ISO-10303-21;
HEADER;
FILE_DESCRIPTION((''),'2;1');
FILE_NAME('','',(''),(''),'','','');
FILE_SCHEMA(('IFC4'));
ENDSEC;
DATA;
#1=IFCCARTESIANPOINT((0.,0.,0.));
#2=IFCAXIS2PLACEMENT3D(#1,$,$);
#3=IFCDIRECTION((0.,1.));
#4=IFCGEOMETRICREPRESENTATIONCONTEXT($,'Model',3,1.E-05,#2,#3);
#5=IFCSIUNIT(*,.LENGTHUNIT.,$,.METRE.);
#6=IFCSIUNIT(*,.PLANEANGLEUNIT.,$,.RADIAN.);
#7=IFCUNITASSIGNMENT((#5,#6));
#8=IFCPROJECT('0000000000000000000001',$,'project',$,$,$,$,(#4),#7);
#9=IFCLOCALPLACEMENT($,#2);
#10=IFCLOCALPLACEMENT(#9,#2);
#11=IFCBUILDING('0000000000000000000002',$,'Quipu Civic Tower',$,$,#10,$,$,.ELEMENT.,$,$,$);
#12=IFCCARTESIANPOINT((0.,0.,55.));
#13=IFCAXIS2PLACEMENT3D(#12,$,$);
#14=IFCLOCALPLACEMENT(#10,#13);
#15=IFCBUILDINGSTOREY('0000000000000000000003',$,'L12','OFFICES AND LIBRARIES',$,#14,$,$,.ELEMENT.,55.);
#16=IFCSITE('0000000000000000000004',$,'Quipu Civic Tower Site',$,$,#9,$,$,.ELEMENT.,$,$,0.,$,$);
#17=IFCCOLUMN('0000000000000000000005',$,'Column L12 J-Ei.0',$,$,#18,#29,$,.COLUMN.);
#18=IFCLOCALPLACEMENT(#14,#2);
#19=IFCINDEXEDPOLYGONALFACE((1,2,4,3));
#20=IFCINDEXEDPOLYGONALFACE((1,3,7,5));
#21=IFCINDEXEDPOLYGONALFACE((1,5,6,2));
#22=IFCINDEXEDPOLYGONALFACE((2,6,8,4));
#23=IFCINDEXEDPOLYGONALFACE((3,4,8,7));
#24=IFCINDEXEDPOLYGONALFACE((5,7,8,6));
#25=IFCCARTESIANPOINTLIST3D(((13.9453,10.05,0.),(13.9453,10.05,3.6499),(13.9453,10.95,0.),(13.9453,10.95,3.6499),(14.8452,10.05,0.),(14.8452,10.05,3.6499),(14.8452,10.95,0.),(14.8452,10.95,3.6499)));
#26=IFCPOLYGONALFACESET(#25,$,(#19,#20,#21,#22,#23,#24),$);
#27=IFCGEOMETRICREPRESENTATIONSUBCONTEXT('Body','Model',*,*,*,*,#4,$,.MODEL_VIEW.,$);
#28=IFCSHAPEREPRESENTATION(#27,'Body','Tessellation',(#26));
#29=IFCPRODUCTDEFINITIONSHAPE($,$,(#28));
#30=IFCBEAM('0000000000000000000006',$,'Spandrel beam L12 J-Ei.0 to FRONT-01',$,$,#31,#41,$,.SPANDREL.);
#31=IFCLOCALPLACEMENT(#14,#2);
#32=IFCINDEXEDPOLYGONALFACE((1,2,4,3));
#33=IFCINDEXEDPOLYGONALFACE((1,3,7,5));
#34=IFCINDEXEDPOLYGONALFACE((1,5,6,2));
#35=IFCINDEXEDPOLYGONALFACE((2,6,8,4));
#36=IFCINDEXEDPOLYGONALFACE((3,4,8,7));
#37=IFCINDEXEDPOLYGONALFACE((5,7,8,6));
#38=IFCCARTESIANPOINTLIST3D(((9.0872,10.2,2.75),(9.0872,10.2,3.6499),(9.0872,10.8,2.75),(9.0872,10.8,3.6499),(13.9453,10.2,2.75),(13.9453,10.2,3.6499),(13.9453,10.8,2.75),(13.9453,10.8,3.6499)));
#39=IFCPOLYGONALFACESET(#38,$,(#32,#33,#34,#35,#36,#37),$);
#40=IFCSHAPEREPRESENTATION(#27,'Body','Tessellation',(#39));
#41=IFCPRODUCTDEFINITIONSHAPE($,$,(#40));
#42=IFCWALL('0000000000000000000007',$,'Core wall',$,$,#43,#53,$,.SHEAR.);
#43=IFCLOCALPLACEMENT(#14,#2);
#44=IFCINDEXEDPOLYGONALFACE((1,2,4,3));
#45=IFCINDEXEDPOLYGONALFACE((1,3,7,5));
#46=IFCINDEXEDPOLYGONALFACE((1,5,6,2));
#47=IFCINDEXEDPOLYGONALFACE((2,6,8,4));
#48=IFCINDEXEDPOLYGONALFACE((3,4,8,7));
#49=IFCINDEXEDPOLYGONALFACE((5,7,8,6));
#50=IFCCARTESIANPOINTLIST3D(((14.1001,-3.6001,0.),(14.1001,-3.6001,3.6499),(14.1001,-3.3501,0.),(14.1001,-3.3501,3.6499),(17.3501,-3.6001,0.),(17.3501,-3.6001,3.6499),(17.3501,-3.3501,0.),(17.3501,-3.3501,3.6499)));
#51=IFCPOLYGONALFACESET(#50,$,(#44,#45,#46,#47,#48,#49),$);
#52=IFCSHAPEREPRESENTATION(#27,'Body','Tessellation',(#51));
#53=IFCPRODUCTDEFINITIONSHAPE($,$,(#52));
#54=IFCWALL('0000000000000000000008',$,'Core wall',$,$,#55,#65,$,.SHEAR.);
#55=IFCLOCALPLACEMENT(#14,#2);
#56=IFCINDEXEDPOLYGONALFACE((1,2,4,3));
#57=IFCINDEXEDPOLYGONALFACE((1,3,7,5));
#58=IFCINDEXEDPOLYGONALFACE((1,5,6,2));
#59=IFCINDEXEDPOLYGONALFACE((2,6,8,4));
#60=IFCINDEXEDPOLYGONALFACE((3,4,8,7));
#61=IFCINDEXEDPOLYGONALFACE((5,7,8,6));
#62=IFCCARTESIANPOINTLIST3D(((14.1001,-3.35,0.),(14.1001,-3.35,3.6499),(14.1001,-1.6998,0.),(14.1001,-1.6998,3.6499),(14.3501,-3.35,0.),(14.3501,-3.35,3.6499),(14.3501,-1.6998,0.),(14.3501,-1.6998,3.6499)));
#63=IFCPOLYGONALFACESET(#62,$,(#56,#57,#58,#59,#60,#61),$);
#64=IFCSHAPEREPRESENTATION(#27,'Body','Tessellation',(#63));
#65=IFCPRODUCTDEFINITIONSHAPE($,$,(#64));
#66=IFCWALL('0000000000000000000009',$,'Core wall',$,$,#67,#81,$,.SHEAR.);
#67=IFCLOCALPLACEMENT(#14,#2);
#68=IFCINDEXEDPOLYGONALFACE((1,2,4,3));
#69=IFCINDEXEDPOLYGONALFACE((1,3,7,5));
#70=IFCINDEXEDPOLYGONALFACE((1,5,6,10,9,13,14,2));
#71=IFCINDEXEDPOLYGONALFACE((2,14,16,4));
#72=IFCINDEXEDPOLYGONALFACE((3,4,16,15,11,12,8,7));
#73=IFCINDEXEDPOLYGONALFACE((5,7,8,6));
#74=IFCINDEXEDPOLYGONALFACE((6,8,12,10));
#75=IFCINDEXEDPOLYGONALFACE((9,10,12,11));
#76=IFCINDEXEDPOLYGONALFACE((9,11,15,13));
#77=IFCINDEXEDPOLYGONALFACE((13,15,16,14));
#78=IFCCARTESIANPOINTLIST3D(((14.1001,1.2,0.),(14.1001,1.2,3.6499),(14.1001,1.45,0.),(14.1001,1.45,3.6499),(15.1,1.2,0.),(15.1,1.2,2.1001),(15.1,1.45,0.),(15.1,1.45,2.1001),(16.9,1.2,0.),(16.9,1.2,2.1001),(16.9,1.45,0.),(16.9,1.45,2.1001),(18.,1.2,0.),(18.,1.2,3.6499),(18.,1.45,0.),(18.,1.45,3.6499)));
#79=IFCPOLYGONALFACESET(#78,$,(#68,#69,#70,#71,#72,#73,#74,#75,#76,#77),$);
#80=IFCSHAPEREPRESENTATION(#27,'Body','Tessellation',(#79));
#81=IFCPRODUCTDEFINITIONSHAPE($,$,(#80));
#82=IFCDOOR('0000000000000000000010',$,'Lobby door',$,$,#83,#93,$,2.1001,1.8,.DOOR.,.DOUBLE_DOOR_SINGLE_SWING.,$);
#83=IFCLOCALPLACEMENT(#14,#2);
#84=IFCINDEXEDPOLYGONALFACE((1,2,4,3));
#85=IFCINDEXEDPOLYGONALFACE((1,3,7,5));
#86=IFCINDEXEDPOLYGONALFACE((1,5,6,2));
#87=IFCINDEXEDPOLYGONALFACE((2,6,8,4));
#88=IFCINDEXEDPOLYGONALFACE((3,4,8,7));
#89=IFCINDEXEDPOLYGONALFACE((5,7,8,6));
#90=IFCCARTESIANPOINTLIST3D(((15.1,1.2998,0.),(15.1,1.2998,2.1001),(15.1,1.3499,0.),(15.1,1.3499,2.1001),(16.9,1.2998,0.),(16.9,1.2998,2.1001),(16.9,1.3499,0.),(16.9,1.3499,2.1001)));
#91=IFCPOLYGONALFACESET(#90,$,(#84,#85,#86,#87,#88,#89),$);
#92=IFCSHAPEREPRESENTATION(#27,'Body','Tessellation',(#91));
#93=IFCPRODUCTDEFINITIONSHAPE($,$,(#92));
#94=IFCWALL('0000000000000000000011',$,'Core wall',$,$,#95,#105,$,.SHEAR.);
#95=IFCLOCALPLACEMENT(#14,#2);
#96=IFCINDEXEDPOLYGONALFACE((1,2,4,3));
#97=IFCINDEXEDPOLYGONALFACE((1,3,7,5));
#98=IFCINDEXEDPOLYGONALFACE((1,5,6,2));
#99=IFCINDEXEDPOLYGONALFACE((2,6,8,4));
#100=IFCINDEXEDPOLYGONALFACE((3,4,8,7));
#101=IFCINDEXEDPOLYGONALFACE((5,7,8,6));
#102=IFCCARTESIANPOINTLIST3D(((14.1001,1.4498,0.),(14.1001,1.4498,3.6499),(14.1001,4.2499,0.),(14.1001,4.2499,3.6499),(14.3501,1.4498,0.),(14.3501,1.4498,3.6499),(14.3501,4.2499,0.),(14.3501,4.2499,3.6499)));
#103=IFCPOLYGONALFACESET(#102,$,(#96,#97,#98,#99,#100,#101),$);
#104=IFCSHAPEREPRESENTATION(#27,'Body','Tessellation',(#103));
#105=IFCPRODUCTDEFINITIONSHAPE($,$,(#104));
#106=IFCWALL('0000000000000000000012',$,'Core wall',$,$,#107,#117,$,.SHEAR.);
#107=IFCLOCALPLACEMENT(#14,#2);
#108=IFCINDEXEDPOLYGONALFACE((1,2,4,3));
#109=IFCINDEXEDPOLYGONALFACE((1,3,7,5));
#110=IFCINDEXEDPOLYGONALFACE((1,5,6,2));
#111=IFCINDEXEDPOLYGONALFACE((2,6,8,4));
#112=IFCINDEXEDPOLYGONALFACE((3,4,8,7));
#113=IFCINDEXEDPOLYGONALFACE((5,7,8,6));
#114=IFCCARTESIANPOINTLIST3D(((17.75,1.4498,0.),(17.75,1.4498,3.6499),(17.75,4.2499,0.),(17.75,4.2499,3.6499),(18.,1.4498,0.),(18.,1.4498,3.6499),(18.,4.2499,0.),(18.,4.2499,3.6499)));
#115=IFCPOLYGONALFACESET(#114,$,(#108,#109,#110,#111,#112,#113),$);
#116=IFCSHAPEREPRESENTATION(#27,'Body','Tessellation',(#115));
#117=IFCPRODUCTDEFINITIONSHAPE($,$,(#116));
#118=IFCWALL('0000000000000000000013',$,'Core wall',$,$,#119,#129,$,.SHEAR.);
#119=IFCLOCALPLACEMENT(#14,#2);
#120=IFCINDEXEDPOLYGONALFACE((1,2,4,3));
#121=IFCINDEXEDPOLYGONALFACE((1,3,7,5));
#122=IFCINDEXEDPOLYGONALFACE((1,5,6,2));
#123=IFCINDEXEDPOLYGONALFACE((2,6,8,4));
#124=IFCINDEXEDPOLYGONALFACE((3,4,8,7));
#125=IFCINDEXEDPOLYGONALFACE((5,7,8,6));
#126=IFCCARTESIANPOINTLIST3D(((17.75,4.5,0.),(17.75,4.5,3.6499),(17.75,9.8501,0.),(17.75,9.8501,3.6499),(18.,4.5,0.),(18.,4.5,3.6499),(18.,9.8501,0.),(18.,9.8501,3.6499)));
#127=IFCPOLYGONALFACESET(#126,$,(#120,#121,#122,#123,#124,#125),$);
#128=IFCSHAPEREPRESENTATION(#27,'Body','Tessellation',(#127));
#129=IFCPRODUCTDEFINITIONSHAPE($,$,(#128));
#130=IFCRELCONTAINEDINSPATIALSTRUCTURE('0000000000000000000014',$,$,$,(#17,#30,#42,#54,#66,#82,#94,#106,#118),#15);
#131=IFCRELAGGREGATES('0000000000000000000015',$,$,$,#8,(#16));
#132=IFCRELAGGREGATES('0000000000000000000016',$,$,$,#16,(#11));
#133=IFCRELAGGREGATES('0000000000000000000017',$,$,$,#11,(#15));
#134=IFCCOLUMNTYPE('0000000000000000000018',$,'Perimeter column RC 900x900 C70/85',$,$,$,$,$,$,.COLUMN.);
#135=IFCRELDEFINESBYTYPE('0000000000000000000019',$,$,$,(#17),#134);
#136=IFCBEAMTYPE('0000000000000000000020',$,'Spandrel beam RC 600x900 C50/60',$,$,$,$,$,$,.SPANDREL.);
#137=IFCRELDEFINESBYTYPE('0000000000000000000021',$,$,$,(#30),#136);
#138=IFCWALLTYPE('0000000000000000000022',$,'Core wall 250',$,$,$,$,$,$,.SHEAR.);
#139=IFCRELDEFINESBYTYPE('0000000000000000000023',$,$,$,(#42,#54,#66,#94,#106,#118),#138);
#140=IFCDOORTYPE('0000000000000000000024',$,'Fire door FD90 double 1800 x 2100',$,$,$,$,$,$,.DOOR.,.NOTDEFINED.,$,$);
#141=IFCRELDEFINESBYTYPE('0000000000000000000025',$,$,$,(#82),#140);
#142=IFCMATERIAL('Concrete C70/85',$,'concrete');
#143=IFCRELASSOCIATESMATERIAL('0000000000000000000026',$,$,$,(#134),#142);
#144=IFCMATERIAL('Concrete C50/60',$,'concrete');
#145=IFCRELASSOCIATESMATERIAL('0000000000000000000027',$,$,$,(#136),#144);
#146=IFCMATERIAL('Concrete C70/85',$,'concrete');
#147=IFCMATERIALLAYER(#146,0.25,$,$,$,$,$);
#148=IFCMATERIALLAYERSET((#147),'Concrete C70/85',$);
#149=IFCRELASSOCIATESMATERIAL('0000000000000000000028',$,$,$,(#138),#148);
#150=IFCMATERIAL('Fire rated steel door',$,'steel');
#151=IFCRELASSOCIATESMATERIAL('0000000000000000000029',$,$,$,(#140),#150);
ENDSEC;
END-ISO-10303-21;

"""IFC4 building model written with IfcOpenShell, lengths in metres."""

from ifc_helpers import new_model, si_unit, direction, frame, frame_2d, origin, origin_2d, place, context, subcontext, project, spatial, rectangle, extrude, material, layer, layer_set, material_profile, profile_set, type_object, element, fill, save


model = new_model("IFC4")

# Units and contexts
model_context = context("Model", 3, precision=1e-05, world=origin(), true_north=direction((0.0, 1.0)))
body_context = subcontext(model_context, "Body", "Model", "MODEL_VIEW")
ifc_project = project(units=[si_unit("LENGTHUNIT", "METRE"), si_unit("PLANEANGLEUNIT", "RADIAN")], contexts=[model_context])

# Site, building, storey
site_placement = place(None, origin())
site = spatial("IfcSite", under=ifc_project, at=site_placement, Name="Quipu Civic Tower Site", CompositionType="ELEMENT", RefElevation=0.0)
building_placement = place(site_placement, origin())
building = spatial("IfcBuilding", under=site, at=building_placement, Name="Quipu Civic Tower", CompositionType="ELEMENT")
storey_placement = place(building_placement, frame((0.0, 0.0, 55.0)))
storey = spatial("IfcBuildingStorey", under=building, at=storey_placement, Name="L12", Description="OFFICES AND LIBRARIES", CompositionType="ELEMENT", Elevation=55.0)

# Column
ifc_material_1 = material(Name="Concrete C70/85", Category="concrete")
ifc_material_profile_1 = material_profile(ifc_material_1, rectangle(XDim=0.8999, YDim=0.8999, at=origin_2d()), Name="RC900x900")
ifc_profile_set_1 = profile_set([ifc_material_profile_1], Name="Concrete C70/85")
column_type = type_object("IfcColumnType", Name="Perimeter column RC 900x900 C70/85", PredefinedType="COLUMN", material=ifc_profile_set_1)
column_placement = place(storey_placement, frame((14.3953, 10.5, 0.0), z_axis=(0.0, 0.0, 1.0), x_axis=(-1.0, 0.0, 0.0)))
element("IfcColumn", 1, at=column_placement, inside=storey, type_object=column_type, Name="Column L12 J-Ei.0", PredefinedType="COLUMN", context=body_context, shape_type="SweptSolid", body=[
    extrude(rectangle(XDim=0.8999, YDim=0.8999, at=origin_2d()), origin(), (0.0, 0.0, 1.0), 3.6499),
])

# Beam
ifc_material_2 = material(Name="Concrete C50/60", Category="concrete")
ifc_material_profile_2 = material_profile(ifc_material_2, rectangle(XDim=0.6001, YDim=0.8999, at=origin_2d()), Name="RC600x900")
ifc_profile_set_2 = profile_set([ifc_material_profile_2], Name="Concrete C50/60")
beam_type = type_object("IfcBeamType", Name="Spandrel beam RC 600x900 C50/60", PredefinedType="SPANDREL", material=ifc_profile_set_2)
beam_placement = place(storey_placement, frame((13.9453, 10.5, 3.2), z_axis=(-1.0, 0.0, 0.0), x_axis=(0.0, -1.0, 0.0)))
element("IfcBeam", 2, at=beam_placement, inside=storey, type_object=beam_type, Name="Spandrel beam L12 J-Ei.0 to FRONT-01", PredefinedType="SPANDREL", context=body_context, shape_type="SweptSolid", body=[
    extrude(rectangle(XDim=0.6001, YDim=0.8999, at=origin_2d()), origin(), (0.0, 0.0, 1.0), 4.8582),
])

# Walls
ifc_material_3 = material(Name="Concrete C70/85", Category="concrete")
ifc_layer_1 = layer(ifc_material_3, 0.25)
ifc_layer_set_1 = layer_set([ifc_layer_1], Name="Concrete C70/85")
wall_type_1 = type_object("IfcWallType", Name="Core wall 250", PredefinedType="SHEAR", material=ifc_layer_set_1)
wall_1_placement = place(storey_placement, frame((14.1001, -3.4751, 0.0), z_axis=(0.0, 0.0, 1.0), x_axis=(1.0, 0.0, 0.0)))
element("IfcWall", 3, at=wall_1_placement, inside=storey, type_object=wall_type_1, Name="Core wall", PredefinedType="SHEAR", context=body_context, shape_type="SweptSolid", body=[
    extrude(rectangle(XDim=3.25, YDim=0.25, at=frame_2d((1.625, 0.0))), origin(), (0.0, 0.0, 1.0), 3.6499),
])
wall_2_placement = place(storey_placement, frame((14.2251, -3.3501, 0.0), z_axis=(0.0, 0.0, 1.0), x_axis=(0.0, 1.0, 0.0)))
element("IfcWall", 4, at=wall_2_placement, inside=storey, type_object=wall_type_1, Name="Core wall", PredefinedType="SHEAR", context=body_context, shape_type="SweptSolid", body=[
    extrude(rectangle(XDim=1.6501, YDim=0.25, at=frame_2d((0.8252, 0.0))), origin(), (0.0, 0.0, 1.0), 3.6499),
])

# Wall, opening, door
wall_3_placement = place(storey_placement, frame((14.1001, 1.325, 0.0), z_axis=(0.0, 0.0, 1.0), x_axis=(1.0, 0.0, 0.0)))
wall_3 = element("IfcWall", 5, at=wall_3_placement, inside=storey, type_object=wall_type_1, Name="Core wall", PredefinedType="SHEAR", context=body_context, shape_type="SweptSolid", body=[
    extrude(rectangle(XDim=3.8999, YDim=0.25, at=frame_2d((1.95, 0.0))), origin(), (0.0, 0.0, 1.0), 3.6499),
])
opening_1_placement = place(wall_3_placement, frame((1.0, 0.0, 0.0)))
opening_1 = element("IfcOpeningElement", 6, at=opening_1_placement, cuts=wall_3, PredefinedType="OPENING", context=body_context, shape_type="SweptSolid", body=[
    extrude(rectangle(XDim=1.8, YDim=2.1001, at=frame_2d((0.8999, 1.05))), frame((0.0, 0.135, 0.0), z_axis=(0.0, -1.0, 0.0), x_axis=(1.0, 0.0, 0.0)), (0.0, 0.0, 1.0), 0.27),
])
ifc_material_4 = material(Name="Fire rated steel door", Category="steel")
door_type_1 = type_object("IfcDoorType", Name="Fire door FD90 double 1800 x 2100", OperationType="NOTDEFINED", PredefinedType="DOOR", material=ifc_material_4)
door_1_placement = place(opening_1_placement, origin())
door_1 = element("IfcDoor", 7, at=door_1_placement, inside=storey, type_object=door_type_1, Name="Lobby door", OperationType="DOUBLE_DOOR_SINGLE_SWING", OverallHeight=2.1001, OverallWidth=1.8, PredefinedType="DOOR", context=body_context, shape_type="SweptSolid", body=[
    extrude(rectangle(XDim=1.8, YDim=2.1001, at=frame_2d((0.8999, 1.05))), frame((0.0, 0.0249, 0.0), z_axis=(0.0, -1.0, 0.0), x_axis=(1.0, 0.0, 0.0)), (0.0, 0.0, 1.0), 0.05),
])
fill(opening_1, door_1)

# Walls
for number, where, z_axis, x_axis, name in (
    (8, (14.2251, 1.45, 0.0), (0.0, 0.0, 1.0), (0.0, 1.0, 0.0), "Core wall"),
    (9, (17.875, 1.45, 0.0), (0.0, 0.0, 1.0), (0.0, 1.0, 0.0), "Core wall"),
):
    element("IfcWall", number, at=place(storey_placement, frame(where, z_axis=z_axis, x_axis=x_axis)), inside=storey, type_object=wall_type_1, Name=name, PredefinedType="SHEAR", context=body_context, shape_type="SweptSolid", body=[
        extrude(rectangle(XDim=2.8, YDim=0.25, at=frame_2d((1.3999, 0.0))), origin(), (0.0, 0.0, 1.0), 3.6499),
    ])
wall_4_placement = place(storey_placement, frame((17.875, 4.5, 0.0), z_axis=(0.0, 0.0, 1.0), x_axis=(0.0, 1.0, 0.0)))
element("IfcWall", 10, at=wall_4_placement, inside=storey, type_object=wall_type_1, Name="Core wall", PredefinedType="SHEAR", context=body_context, shape_type="SweptSolid", body=[
    extrude(rectangle(XDim=5.3501, YDim=0.25, at=frame_2d((2.675, 0.0))), origin(), (0.0, 0.0, 1.0), 3.6499),
])

save(model, "model.ifc")
